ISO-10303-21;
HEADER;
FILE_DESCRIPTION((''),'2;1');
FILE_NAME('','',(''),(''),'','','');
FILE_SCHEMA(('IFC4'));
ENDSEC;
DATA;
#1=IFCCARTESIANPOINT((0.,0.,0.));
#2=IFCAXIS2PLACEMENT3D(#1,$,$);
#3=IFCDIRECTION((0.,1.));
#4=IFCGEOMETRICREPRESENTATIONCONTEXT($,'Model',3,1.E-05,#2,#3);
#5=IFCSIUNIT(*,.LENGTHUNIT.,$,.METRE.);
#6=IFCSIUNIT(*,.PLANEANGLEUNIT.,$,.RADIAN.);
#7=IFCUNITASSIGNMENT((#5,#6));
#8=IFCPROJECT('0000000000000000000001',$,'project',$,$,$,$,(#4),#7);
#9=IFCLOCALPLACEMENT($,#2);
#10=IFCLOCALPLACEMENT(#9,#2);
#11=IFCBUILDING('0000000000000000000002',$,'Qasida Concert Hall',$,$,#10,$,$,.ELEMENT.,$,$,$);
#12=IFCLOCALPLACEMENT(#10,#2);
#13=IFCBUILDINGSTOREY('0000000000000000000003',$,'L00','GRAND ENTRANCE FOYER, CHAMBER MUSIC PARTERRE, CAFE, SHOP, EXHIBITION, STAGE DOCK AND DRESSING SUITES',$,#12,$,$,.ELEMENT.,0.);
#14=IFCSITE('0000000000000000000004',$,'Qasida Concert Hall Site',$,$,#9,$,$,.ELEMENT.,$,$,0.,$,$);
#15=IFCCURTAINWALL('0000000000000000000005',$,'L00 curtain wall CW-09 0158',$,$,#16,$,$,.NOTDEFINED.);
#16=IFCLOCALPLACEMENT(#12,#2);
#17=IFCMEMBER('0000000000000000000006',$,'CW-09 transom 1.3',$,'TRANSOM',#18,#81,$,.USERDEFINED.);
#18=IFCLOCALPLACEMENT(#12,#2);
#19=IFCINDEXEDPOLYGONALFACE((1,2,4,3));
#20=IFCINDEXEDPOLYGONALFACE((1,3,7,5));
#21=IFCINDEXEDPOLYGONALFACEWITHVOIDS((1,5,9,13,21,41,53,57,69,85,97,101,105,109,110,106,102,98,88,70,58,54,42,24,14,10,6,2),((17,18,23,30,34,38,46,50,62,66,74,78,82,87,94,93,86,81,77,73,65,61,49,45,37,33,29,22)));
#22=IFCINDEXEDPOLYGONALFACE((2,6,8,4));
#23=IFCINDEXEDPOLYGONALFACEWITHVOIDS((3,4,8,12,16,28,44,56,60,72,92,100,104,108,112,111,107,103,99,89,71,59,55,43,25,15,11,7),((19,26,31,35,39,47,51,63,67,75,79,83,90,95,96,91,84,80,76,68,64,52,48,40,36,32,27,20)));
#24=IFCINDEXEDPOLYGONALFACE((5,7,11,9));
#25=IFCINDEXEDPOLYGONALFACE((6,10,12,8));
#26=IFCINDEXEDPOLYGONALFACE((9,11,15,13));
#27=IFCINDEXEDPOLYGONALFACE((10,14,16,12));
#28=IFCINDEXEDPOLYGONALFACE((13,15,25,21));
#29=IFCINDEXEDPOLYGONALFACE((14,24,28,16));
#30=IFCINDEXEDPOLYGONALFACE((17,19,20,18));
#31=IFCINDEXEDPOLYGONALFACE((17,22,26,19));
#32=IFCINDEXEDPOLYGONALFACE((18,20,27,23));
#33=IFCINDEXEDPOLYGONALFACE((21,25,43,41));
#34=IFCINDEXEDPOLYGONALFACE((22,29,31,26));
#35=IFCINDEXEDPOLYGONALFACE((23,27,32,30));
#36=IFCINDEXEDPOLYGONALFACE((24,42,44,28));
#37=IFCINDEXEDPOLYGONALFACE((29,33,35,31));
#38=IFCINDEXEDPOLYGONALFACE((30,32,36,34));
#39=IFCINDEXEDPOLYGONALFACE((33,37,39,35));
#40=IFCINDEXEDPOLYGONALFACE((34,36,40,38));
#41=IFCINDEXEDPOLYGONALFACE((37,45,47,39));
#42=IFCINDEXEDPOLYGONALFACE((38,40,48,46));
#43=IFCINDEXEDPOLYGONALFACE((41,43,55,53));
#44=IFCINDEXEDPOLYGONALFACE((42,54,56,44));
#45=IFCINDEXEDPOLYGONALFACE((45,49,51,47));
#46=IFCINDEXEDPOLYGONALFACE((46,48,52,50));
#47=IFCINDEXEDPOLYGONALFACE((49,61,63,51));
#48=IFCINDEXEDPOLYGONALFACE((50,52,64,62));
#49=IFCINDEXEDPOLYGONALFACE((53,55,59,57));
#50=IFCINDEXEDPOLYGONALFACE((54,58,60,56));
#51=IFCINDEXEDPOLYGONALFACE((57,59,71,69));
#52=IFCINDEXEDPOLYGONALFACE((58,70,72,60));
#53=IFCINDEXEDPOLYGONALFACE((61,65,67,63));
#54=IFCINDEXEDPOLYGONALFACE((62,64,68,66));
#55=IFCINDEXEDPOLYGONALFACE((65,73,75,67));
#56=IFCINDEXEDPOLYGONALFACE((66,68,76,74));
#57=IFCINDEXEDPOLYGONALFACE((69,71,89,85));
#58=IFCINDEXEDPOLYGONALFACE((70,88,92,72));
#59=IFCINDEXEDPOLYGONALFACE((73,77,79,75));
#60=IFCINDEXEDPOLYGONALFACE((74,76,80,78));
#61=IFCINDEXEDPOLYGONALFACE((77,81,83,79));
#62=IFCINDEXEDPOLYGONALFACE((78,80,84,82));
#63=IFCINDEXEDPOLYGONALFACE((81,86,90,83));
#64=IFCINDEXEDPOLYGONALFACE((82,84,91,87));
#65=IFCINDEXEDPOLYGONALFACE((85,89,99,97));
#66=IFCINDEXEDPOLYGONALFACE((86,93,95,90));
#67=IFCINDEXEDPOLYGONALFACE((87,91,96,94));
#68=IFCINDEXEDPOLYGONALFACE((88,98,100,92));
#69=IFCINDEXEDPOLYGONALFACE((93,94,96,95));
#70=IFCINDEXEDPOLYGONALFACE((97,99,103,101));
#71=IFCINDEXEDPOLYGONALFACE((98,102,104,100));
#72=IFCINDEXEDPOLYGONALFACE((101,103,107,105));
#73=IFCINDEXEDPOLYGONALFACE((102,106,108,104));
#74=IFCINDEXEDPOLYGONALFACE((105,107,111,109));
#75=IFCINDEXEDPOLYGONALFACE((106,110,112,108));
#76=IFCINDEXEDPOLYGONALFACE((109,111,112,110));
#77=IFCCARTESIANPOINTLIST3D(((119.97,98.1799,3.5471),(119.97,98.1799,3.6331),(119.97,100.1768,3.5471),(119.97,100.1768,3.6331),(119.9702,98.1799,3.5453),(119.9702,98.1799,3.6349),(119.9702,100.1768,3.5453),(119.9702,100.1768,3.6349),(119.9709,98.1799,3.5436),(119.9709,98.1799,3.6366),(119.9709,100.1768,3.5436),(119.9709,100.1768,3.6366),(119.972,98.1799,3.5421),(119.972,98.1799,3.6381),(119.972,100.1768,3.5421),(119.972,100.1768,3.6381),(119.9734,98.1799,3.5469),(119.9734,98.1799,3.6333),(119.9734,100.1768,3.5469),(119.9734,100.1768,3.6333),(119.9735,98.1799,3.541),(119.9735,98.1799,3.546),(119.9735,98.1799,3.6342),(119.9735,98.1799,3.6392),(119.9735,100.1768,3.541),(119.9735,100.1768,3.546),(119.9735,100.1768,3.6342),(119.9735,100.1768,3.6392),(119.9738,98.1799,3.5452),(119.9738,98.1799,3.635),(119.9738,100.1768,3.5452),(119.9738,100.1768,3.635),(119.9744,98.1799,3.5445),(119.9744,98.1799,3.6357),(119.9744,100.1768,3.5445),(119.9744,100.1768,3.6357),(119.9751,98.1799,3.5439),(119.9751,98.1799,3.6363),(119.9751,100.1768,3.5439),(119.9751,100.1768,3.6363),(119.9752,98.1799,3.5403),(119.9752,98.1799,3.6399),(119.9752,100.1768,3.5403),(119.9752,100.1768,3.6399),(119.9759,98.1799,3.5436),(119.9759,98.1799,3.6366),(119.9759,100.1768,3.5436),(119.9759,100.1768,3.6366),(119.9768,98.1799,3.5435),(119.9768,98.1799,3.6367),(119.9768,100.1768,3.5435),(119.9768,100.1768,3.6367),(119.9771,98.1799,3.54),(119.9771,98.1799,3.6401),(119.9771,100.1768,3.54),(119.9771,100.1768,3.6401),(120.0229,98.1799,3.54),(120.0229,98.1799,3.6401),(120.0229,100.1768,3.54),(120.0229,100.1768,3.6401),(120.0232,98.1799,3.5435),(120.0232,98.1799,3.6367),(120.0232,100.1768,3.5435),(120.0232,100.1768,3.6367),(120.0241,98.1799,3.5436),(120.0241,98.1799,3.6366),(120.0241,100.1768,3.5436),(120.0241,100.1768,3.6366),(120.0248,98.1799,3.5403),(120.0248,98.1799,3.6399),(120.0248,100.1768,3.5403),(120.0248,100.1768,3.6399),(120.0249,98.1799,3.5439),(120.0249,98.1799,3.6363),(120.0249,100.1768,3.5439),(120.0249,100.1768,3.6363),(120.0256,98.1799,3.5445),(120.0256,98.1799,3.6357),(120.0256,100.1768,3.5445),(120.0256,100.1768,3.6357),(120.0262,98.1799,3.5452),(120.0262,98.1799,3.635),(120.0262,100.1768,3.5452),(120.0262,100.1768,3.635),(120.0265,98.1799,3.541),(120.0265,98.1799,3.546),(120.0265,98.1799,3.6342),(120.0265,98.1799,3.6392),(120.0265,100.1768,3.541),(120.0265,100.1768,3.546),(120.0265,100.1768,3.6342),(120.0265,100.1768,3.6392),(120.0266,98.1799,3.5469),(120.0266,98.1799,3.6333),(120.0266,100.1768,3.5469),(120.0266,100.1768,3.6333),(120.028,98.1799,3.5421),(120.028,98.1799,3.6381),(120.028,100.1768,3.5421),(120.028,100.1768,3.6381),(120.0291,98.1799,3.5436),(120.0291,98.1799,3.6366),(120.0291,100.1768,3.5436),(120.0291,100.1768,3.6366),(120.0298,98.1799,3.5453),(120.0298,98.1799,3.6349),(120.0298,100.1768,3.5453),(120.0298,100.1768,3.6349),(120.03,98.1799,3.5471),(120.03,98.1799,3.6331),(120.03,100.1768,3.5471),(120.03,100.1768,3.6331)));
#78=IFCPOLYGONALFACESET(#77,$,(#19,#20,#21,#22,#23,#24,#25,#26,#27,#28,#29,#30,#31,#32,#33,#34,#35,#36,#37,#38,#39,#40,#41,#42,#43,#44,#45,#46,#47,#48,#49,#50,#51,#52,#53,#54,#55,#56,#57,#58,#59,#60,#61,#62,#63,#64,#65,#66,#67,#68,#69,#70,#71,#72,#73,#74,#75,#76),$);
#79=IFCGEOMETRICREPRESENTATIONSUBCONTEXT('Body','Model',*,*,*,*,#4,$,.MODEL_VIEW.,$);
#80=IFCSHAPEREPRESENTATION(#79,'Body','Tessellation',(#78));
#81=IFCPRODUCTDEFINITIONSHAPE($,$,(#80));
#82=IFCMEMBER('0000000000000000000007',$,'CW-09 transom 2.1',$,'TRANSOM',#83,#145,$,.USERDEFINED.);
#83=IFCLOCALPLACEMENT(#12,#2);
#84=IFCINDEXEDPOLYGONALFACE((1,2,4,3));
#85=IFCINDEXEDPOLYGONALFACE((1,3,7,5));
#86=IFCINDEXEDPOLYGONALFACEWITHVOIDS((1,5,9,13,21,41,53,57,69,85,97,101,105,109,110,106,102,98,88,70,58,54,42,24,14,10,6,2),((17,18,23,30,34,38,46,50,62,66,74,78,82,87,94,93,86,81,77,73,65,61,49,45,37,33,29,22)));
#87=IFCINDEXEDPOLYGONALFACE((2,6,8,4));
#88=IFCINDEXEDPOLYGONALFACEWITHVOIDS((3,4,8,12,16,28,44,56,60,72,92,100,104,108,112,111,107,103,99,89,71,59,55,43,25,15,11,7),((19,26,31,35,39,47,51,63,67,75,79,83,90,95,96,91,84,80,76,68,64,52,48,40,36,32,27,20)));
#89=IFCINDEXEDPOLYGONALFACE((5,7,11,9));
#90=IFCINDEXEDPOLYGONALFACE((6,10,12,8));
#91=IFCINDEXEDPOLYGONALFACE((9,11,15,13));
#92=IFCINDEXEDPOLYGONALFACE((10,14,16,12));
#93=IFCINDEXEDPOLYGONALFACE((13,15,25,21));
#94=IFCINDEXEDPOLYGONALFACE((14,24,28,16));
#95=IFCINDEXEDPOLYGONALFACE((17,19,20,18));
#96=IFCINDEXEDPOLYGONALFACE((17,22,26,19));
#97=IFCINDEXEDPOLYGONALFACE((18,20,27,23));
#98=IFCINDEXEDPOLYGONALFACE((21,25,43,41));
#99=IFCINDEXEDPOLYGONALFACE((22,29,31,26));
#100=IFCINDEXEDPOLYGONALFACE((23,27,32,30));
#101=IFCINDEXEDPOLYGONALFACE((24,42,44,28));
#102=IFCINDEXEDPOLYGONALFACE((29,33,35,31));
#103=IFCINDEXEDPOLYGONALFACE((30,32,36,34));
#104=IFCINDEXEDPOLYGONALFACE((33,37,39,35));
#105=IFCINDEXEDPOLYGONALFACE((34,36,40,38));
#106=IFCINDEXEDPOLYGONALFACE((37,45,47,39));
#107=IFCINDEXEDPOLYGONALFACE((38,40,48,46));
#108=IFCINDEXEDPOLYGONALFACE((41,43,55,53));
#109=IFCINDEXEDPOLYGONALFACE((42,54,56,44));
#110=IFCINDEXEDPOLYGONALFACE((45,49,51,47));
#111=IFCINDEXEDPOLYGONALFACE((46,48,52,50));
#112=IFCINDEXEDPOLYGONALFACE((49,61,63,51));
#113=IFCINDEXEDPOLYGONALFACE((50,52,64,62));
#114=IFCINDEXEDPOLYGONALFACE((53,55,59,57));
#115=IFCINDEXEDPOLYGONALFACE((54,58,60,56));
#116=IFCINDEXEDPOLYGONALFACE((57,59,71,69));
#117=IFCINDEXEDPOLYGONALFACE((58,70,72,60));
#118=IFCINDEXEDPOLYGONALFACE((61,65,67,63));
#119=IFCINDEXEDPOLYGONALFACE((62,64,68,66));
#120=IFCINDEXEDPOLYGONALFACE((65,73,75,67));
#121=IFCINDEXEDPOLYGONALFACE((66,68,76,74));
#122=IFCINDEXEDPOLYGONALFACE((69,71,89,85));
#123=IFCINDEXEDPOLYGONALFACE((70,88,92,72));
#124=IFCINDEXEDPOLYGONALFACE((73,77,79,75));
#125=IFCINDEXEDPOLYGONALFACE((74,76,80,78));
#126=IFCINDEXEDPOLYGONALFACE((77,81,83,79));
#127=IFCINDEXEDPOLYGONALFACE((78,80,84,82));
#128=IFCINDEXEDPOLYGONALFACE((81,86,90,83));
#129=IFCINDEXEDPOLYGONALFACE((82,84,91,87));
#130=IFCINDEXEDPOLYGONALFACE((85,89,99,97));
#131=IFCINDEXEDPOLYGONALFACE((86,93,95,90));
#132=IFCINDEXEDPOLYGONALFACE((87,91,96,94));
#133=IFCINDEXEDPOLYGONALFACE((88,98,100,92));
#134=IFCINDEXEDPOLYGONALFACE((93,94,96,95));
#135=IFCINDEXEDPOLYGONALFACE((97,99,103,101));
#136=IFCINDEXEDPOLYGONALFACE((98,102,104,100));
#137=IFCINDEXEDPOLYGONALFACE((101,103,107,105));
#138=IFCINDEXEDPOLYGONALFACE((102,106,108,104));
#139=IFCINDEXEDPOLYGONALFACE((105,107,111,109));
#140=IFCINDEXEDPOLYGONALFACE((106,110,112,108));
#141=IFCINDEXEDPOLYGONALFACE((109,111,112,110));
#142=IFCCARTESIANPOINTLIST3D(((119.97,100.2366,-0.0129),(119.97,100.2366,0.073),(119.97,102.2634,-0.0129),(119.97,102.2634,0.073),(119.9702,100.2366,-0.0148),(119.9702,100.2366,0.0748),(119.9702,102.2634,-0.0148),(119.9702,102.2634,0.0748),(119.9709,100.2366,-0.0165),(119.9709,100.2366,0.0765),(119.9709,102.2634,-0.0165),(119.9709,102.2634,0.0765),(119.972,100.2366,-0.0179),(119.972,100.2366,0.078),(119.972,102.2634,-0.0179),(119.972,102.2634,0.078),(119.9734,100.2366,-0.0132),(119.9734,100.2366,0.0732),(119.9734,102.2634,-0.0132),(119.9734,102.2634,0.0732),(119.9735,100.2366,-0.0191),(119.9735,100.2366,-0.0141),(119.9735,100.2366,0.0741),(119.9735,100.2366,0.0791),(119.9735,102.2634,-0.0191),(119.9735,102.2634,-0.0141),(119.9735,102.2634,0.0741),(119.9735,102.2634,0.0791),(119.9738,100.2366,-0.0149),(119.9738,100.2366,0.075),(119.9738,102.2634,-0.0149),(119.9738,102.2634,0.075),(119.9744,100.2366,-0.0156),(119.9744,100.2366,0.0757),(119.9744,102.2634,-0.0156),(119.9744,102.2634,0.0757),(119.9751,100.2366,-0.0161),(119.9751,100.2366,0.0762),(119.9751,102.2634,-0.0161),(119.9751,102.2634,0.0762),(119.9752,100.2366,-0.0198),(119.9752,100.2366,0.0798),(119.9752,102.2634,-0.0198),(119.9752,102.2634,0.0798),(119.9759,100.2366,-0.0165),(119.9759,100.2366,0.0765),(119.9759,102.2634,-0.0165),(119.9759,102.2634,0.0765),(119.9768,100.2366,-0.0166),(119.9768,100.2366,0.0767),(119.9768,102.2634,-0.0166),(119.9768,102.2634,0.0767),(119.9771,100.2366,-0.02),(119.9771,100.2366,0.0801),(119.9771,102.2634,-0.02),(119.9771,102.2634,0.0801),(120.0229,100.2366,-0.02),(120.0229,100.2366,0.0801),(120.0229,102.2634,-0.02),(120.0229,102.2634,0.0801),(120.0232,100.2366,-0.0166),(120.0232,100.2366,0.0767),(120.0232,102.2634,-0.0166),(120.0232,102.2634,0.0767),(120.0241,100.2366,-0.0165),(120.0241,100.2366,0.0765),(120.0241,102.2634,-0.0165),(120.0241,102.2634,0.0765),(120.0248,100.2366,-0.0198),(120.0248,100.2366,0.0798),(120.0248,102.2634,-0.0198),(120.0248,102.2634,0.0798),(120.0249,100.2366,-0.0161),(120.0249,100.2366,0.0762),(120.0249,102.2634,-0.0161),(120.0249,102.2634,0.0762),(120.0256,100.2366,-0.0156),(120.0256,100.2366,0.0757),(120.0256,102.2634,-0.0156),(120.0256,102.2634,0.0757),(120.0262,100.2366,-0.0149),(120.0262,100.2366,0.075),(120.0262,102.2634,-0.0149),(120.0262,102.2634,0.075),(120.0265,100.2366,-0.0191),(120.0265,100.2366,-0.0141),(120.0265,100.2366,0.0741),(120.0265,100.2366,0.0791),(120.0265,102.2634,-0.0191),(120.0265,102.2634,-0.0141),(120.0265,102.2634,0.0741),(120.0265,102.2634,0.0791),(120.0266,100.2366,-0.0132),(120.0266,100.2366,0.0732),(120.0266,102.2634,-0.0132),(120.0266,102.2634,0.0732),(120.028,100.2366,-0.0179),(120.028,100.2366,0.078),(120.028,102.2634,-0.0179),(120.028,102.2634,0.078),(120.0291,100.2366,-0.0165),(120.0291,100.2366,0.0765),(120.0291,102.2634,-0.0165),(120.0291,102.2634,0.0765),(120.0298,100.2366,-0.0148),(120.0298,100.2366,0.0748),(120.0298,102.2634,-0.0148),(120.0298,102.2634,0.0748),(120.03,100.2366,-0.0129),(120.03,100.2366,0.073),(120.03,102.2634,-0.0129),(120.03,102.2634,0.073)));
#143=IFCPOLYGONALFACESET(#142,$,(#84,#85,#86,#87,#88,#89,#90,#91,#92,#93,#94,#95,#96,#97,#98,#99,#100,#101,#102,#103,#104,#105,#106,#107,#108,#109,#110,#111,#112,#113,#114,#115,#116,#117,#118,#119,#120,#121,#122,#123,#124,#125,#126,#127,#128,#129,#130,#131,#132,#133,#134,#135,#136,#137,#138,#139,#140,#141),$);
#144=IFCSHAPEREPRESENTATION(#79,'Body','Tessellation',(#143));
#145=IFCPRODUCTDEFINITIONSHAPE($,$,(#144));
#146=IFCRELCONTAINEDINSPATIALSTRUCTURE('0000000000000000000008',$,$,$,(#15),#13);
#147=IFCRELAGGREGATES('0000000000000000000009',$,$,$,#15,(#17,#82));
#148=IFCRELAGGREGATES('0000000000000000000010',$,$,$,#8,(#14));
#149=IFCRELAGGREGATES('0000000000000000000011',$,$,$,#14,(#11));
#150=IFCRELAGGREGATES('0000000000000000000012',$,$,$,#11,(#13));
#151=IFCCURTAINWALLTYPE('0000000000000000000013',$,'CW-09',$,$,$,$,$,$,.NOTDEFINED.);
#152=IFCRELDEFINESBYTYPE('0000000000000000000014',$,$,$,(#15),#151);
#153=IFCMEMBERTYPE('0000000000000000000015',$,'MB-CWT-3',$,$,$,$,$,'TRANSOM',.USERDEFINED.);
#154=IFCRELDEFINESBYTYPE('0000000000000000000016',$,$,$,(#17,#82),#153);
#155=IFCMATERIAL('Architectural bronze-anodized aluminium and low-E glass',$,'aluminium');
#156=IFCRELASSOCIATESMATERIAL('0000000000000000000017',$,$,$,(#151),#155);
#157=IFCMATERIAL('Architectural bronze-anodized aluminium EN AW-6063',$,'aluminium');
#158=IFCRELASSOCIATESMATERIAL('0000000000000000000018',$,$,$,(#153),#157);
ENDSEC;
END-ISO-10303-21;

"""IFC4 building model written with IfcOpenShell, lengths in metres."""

from ifc_helpers import new_model, si_unit, direction, frame, origin, origin_2d, place, context, subcontext, project, spatial, hollow_rectangle, extrude, material, material_profile, profile_set, type_object, element, aggregate, save


model = new_model("IFC4")

# Units and contexts
model_context = context("Model", 3, precision=1e-05, world=origin(), true_north=direction((0.0, 1.0)))
body_context = subcontext(model_context, "Body", "Model", "MODEL_VIEW")
ifc_project = project(units=[si_unit("LENGTHUNIT", "METRE"), si_unit("PLANEANGLEUNIT", "RADIAN")], contexts=[model_context])

# Site, building, storey
site_placement = place(None, origin())
site = spatial("IfcSite", under=ifc_project, at=site_placement, Name="Qasida Concert Hall Site", CompositionType="ELEMENT", RefElevation=0.0)
building_placement = place(site_placement, origin())
building = spatial("IfcBuilding", under=site, at=building_placement, Name="Qasida Concert Hall", CompositionType="ELEMENT")
storey_placement = place(building_placement, origin())
storey = spatial("IfcBuildingStorey", under=building, at=storey_placement, Name="L00", Description="GRAND ENTRANCE FOYER, CHAMBER MUSIC PARTERRE, CAFE, SHOP, EXHIBITION, STAGE DOCK AND DRESSING SUITES", CompositionType="ELEMENT", Elevation=0.0)

# Curtain wall, members
ifc_material_1 = material(Name="Architectural bronze-anodized aluminium and low-E glass", Category="aluminium")
curtain_wall_type = type_object("IfcCurtainWallType", Name="CW-09", PredefinedType="NOTDEFINED", material=ifc_material_1)
curtain_wall_placement = place(storey_placement, origin())
curtain_wall = element("IfcCurtainWall", 1, at=curtain_wall_placement, inside=storey, type_object=curtain_wall_type, Name="L00 curtain wall CW-09 0158", PredefinedType="NOTDEFINED")
ifc_material_2 = material(Name="Architectural bronze-anodized aluminium EN AW-6063", Category="aluminium")
ifc_material_profile_1 = material_profile(ifc_material_2, hollow_rectangle(XDim=0.0601, YDim=0.1001, WallThickness=0.0034, InnerFilletRadius=0.0034, OuterFilletRadius=0.0071, at=origin_2d()), Name="CWT 100x60x3.5")
ifc_profile_set_1 = profile_set([ifc_material_profile_1], Name="Architectural bronze-anodized aluminium EN AW-6063")
member_type_1 = type_object("IfcMemberType", Name="MB-CWT-3", ElementType="TRANSOM", PredefinedType="USERDEFINED", material=ifc_profile_set_1)
member_1_placement = place(storey_placement, frame((120.0, 98.1799, 3.5901), z_axis=(0.0, 1.0, 0.0), x_axis=(-1.0, 0.0, 0.0)))
member_1 = element("IfcMember", 2, at=member_1_placement, type_object=member_type_1, Name="CW-09 transom 1.3", ObjectType="TRANSOM", PredefinedType="USERDEFINED", context=body_context, shape_type="SweptSolid", body=[
    extrude(hollow_rectangle(XDim=0.0601, YDim=0.1001, WallThickness=0.0034, InnerFilletRadius=0.0034, OuterFilletRadius=0.0071, at=origin_2d()), origin(), (0.0, 0.0, 1.0), 1.9968),
])
member_2_placement = place(storey_placement, frame((120.0, 100.2366, 0.03), z_axis=(0.0, 1.0, 0.0), x_axis=(-1.0, 0.0, 0.0)))
member_2 = element("IfcMember", 3, at=member_2_placement, type_object=member_type_1, Name="CW-09 transom 2.1", ObjectType="TRANSOM", PredefinedType="USERDEFINED", context=body_context, shape_type="SweptSolid", body=[
    extrude(hollow_rectangle(XDim=0.0601, YDim=0.1001, WallThickness=0.0034, InnerFilletRadius=0.0034, OuterFilletRadius=0.0071, at=origin_2d()), origin(), (0.0, 0.0, 1.0), 2.0269),
])
aggregate(curtain_wall, [member_1, member_2])

save(model, "model.ifc")
